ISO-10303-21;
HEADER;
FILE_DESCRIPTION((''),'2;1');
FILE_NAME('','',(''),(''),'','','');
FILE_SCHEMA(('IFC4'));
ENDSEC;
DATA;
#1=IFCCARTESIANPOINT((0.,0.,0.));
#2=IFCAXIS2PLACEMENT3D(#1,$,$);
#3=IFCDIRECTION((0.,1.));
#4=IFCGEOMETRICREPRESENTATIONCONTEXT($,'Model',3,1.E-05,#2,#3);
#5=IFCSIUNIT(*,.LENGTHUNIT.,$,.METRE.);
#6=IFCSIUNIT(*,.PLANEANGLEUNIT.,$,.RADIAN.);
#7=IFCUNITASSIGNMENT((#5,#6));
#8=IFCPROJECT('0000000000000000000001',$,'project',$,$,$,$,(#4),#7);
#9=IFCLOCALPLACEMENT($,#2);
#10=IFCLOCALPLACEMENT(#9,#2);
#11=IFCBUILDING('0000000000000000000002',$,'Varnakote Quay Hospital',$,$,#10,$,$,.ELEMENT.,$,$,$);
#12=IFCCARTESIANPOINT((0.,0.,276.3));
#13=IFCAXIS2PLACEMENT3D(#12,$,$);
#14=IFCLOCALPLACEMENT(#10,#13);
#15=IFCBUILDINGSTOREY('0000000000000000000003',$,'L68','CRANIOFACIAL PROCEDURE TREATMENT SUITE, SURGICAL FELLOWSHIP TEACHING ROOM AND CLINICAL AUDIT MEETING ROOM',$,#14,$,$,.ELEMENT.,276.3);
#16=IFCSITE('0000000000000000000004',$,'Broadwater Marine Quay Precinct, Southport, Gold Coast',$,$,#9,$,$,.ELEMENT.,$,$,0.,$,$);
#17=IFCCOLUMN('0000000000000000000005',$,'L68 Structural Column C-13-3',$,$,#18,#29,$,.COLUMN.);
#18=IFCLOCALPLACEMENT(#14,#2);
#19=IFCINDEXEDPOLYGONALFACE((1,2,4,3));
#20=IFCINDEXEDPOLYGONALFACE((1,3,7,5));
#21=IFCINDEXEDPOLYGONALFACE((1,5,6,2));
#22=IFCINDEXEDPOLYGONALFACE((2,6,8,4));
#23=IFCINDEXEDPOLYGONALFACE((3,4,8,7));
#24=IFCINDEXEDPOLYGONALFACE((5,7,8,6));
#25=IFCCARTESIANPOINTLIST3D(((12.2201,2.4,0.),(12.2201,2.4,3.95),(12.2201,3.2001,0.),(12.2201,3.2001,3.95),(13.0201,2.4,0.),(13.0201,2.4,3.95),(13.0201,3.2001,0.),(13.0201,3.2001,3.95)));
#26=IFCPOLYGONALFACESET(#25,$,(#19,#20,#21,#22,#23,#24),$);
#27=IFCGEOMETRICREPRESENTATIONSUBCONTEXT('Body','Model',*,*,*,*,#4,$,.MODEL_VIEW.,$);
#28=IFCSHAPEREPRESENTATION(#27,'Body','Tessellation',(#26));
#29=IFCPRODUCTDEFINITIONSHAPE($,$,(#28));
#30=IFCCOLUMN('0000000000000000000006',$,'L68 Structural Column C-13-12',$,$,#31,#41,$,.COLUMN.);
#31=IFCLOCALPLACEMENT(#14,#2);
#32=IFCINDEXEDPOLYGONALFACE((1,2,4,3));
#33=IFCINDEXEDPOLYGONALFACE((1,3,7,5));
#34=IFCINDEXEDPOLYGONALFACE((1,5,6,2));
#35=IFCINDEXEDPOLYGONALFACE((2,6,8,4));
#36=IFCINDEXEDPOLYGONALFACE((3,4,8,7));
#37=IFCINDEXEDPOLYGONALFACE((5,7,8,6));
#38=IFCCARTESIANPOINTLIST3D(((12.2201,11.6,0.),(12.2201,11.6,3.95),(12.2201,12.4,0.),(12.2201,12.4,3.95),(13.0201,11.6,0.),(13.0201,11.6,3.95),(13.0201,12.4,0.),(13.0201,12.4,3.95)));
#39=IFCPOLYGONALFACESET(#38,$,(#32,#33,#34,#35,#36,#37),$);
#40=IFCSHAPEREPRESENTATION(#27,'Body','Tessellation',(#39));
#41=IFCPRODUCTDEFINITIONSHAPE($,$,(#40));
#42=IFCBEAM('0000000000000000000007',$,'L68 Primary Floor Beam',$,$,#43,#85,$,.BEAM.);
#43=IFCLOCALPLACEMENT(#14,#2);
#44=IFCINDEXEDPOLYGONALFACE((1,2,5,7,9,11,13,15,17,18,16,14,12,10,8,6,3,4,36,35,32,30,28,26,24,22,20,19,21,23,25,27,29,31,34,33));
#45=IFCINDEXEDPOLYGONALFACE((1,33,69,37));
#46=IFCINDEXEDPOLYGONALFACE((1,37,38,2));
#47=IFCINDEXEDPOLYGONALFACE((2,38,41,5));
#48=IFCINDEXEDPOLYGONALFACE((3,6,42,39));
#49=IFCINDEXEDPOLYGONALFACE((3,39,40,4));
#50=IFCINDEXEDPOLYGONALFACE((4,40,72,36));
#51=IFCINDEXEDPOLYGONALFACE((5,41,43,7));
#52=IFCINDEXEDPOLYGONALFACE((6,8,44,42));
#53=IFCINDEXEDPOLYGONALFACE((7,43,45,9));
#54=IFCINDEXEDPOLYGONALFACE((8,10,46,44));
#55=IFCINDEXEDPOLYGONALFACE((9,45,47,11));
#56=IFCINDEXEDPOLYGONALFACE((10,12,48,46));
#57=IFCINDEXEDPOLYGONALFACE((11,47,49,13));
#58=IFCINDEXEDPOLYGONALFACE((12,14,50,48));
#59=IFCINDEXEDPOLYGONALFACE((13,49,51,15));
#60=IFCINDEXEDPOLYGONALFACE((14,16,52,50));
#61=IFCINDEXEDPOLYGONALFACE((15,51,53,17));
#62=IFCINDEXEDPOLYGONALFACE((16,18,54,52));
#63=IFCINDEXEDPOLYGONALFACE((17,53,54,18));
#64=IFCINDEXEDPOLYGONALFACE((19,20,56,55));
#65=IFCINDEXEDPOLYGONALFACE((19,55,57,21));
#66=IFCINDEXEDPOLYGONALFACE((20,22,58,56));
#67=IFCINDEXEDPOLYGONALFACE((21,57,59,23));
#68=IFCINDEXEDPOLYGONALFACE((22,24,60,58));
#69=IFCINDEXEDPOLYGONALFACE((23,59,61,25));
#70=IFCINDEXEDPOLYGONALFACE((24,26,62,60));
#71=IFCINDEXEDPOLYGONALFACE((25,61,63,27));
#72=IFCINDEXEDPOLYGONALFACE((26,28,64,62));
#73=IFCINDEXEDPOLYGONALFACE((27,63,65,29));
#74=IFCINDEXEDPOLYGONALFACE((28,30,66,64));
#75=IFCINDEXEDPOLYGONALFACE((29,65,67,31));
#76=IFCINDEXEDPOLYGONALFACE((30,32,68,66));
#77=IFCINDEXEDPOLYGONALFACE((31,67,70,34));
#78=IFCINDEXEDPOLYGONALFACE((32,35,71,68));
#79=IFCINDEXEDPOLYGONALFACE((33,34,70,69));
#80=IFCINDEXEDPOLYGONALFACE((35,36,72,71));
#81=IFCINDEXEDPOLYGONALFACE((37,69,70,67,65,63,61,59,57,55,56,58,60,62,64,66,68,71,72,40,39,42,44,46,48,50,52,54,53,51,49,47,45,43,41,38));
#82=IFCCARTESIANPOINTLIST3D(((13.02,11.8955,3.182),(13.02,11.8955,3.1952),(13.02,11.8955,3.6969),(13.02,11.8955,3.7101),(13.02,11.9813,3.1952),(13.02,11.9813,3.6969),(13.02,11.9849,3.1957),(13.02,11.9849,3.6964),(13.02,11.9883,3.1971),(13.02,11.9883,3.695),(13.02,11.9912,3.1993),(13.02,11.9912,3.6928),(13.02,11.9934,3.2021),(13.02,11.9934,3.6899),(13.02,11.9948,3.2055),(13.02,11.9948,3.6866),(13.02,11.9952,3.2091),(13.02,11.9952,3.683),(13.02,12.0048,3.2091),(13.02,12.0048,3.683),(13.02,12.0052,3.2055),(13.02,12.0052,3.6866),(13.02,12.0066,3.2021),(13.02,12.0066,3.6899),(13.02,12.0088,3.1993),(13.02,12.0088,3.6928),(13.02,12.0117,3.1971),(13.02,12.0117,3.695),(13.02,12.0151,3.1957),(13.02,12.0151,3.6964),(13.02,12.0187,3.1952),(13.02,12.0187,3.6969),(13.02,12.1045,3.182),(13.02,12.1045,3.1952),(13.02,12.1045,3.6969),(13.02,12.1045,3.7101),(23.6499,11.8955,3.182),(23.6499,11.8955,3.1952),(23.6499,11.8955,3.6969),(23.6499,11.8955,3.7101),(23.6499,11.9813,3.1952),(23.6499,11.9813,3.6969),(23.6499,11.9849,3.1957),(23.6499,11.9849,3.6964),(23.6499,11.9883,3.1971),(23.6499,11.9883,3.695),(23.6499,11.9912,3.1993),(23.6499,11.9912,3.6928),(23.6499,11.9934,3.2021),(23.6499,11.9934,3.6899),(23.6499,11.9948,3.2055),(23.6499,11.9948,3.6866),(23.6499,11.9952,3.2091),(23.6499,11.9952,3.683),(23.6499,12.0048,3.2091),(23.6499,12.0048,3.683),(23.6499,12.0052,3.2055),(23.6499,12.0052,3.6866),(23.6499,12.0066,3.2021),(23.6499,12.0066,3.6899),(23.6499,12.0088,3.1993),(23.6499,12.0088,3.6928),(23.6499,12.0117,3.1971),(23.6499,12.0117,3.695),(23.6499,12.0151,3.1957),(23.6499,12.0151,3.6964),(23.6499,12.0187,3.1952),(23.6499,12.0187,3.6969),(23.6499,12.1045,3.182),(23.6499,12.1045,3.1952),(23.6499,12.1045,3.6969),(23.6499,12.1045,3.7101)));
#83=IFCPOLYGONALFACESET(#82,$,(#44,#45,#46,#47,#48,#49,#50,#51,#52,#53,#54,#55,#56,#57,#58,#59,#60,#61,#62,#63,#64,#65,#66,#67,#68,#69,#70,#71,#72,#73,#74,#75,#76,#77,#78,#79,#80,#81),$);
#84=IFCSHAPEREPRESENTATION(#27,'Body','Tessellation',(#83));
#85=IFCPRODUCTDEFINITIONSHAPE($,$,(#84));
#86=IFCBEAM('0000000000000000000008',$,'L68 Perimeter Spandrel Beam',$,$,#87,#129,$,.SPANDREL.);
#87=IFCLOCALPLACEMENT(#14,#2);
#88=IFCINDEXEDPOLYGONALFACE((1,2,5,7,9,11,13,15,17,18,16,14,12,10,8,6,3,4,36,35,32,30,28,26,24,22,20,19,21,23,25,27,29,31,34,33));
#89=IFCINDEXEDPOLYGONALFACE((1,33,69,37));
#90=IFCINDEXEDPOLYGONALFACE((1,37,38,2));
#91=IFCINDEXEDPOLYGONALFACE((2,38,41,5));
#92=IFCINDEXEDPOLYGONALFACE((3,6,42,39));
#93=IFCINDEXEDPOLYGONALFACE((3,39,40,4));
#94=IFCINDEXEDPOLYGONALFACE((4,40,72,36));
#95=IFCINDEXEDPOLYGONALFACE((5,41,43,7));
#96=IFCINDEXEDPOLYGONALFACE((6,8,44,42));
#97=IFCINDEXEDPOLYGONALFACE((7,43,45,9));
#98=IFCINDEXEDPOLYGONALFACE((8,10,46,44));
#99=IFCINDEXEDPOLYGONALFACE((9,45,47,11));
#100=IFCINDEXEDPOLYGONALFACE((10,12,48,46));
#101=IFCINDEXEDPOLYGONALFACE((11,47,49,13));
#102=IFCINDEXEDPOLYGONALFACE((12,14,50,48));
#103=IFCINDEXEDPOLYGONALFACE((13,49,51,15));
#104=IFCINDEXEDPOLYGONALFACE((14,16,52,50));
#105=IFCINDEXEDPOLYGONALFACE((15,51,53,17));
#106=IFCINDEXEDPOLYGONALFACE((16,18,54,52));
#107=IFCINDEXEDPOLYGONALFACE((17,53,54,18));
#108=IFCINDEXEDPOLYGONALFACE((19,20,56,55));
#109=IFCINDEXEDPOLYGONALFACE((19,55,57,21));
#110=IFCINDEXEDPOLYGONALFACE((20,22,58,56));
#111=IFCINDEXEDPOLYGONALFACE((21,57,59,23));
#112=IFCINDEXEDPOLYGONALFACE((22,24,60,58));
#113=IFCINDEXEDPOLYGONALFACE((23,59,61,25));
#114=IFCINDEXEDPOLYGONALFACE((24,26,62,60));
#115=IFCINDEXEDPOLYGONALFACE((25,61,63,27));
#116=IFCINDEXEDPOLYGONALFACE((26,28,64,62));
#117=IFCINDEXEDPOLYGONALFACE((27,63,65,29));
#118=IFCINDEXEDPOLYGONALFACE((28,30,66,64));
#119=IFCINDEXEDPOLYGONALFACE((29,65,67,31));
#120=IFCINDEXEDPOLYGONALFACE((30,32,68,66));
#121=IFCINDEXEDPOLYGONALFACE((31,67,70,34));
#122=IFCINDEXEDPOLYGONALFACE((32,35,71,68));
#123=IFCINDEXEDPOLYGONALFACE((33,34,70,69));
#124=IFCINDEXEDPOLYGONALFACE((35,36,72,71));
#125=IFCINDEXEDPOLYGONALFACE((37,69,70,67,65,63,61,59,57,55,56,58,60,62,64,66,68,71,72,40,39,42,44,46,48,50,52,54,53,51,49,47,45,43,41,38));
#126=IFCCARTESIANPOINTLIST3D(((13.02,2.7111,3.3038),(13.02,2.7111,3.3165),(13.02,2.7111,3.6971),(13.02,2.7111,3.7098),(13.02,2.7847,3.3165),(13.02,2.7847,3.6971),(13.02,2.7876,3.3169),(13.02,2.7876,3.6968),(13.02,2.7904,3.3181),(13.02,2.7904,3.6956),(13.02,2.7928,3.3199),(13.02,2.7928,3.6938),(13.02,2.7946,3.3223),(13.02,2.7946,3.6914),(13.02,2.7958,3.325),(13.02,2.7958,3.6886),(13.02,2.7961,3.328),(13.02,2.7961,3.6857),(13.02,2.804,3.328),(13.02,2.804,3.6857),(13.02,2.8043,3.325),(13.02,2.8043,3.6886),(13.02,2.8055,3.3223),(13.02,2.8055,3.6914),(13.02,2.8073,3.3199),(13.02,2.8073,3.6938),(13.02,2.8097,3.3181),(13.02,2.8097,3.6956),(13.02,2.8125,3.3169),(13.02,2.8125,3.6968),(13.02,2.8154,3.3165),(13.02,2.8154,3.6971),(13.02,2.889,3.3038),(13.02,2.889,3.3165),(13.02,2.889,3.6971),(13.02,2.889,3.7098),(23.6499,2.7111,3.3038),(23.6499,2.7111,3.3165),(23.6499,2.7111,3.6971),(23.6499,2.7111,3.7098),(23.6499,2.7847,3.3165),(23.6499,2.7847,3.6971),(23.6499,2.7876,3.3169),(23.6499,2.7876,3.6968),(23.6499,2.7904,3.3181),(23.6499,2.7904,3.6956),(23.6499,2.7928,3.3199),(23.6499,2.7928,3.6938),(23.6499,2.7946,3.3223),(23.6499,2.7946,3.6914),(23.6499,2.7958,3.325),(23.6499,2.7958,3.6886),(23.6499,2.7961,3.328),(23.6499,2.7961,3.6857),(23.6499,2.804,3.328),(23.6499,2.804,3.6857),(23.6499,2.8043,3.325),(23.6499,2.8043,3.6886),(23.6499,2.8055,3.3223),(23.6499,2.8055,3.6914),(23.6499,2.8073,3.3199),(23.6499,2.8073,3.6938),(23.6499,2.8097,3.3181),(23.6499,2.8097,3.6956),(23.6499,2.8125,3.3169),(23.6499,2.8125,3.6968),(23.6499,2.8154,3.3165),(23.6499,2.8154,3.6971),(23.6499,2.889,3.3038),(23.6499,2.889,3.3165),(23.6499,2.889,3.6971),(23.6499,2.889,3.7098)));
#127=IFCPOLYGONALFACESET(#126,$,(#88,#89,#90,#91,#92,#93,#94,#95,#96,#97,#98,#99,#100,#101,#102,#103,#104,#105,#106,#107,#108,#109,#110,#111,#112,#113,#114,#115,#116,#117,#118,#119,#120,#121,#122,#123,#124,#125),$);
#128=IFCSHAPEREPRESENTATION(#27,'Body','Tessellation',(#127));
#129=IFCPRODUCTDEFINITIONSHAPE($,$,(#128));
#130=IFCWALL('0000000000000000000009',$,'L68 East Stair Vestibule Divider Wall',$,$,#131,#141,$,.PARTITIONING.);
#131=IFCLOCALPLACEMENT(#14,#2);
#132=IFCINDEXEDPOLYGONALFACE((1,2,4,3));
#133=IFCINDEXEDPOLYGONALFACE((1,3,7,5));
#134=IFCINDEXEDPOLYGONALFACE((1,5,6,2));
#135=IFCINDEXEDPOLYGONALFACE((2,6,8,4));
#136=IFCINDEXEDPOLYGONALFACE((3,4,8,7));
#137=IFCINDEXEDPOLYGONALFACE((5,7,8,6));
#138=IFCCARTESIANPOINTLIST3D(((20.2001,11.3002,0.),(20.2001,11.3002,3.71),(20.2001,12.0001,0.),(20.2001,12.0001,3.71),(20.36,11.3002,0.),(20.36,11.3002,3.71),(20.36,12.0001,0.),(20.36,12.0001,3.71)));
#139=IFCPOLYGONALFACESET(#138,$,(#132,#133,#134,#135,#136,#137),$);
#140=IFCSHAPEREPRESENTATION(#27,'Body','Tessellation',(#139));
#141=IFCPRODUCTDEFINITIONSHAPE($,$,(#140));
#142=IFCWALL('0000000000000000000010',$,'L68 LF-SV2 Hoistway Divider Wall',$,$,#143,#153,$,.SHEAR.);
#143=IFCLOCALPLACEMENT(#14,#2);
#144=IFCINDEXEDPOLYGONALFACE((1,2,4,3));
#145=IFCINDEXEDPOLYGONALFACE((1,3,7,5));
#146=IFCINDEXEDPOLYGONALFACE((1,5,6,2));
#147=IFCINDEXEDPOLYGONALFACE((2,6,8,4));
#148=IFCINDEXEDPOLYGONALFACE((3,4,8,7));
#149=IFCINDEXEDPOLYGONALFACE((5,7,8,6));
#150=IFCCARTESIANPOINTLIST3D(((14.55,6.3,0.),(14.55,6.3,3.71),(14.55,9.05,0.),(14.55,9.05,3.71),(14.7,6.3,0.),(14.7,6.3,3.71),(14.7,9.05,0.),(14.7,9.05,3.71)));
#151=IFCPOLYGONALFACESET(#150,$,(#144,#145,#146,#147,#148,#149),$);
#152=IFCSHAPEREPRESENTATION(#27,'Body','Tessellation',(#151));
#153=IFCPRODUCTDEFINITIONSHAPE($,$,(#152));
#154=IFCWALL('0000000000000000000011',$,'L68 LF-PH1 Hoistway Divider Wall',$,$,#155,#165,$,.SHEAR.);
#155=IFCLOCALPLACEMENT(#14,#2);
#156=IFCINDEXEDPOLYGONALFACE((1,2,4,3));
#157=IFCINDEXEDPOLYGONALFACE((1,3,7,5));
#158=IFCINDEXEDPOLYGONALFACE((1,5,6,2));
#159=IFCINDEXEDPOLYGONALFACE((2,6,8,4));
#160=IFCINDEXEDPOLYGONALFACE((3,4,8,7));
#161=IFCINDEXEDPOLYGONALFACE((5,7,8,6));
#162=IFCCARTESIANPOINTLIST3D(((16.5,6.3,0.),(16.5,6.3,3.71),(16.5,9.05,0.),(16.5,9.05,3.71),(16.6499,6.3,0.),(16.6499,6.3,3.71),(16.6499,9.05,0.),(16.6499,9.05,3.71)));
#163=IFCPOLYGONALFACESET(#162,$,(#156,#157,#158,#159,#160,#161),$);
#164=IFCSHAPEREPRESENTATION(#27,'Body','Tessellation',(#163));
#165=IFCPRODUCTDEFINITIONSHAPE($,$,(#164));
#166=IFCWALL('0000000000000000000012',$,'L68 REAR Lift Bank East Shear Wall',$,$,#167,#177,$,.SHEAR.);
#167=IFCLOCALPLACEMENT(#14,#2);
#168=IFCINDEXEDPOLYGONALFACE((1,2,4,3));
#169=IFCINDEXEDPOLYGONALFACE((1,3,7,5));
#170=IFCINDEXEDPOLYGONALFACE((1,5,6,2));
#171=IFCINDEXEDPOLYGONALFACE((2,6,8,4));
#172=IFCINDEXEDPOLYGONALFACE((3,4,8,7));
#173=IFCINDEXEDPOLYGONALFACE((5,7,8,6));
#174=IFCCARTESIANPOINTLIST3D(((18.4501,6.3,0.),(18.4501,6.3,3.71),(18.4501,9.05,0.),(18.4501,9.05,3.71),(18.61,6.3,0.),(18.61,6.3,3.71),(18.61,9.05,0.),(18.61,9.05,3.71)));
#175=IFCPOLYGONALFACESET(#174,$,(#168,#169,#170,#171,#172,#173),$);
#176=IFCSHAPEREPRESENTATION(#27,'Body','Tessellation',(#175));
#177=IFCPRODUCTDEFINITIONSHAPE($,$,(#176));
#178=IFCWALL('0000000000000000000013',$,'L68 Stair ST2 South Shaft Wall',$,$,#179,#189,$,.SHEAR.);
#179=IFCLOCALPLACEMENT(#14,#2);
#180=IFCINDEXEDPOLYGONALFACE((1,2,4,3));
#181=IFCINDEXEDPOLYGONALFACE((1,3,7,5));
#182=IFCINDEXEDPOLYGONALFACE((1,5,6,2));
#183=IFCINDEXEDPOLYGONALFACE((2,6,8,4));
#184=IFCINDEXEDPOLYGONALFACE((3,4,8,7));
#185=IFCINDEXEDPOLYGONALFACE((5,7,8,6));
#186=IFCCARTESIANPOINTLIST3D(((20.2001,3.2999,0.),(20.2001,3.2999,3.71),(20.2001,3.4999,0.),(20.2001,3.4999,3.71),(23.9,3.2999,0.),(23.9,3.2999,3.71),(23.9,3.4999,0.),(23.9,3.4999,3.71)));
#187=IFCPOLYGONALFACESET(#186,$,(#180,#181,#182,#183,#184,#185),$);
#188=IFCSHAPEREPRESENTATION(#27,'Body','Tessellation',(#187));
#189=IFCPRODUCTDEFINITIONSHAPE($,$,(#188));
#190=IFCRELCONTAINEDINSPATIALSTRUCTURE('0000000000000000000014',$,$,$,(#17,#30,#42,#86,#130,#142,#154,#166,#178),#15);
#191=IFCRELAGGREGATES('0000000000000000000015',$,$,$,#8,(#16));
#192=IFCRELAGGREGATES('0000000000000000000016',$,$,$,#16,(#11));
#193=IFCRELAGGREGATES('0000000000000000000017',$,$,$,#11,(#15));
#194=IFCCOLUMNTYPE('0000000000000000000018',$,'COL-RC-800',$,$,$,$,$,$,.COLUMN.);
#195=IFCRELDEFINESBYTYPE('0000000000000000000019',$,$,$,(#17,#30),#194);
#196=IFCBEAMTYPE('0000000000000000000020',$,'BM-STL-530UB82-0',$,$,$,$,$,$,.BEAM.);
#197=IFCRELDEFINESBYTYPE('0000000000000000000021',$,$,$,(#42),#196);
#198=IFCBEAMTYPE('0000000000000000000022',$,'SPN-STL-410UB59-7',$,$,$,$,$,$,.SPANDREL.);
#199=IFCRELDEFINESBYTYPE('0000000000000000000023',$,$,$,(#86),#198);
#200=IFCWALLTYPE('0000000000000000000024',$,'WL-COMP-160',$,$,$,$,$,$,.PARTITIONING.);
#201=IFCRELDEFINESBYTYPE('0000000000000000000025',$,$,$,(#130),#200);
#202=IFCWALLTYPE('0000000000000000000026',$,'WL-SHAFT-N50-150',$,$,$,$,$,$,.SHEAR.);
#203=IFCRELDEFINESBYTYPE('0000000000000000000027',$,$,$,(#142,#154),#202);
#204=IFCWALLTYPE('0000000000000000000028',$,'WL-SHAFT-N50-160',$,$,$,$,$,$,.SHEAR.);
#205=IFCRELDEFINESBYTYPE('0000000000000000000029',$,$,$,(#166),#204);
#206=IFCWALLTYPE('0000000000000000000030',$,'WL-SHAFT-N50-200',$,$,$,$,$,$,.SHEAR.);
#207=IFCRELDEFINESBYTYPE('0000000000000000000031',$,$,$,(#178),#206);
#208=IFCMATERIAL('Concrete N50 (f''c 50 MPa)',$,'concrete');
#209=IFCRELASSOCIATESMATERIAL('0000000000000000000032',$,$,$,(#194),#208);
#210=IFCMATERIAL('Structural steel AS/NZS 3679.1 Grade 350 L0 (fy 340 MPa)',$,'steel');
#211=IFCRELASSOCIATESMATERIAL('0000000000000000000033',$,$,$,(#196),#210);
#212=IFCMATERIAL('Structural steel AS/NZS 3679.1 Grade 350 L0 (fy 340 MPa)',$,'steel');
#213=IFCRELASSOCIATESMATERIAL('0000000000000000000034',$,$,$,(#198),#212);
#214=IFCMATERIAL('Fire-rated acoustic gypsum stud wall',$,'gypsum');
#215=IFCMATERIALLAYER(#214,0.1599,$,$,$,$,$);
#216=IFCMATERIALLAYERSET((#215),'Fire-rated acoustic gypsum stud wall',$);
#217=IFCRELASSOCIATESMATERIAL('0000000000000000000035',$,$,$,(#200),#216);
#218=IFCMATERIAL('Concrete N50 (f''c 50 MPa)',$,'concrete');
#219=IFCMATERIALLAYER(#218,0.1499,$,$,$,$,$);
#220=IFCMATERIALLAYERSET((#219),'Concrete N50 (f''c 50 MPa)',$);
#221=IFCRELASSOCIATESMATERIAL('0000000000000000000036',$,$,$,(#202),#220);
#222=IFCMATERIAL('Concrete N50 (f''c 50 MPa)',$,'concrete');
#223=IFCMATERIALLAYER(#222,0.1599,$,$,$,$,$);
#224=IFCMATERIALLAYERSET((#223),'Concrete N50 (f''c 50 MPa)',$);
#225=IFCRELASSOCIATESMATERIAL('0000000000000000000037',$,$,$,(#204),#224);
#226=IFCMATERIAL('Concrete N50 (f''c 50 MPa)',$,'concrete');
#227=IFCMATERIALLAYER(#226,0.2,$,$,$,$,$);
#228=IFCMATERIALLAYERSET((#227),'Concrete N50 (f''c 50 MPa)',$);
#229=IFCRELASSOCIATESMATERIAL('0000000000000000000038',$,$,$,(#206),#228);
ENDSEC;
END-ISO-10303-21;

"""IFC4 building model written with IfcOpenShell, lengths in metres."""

from ifc_helpers import new_model, si_unit, direction, frame, frame_2d, origin, origin_2d, place, context, subcontext, project, spatial, rectangle, i_section, extrude, material, layer, layer_set, material_profile, profile_set, type_object, element, save


model = new_model("IFC4")

# Units and contexts
model_context = context("Model", 3, precision=1e-05, world=origin(), true_north=direction((0.0, 1.0)))
body_context = subcontext(model_context, "Body", "Model", "MODEL_VIEW")
ifc_project = project(units=[si_unit("LENGTHUNIT", "METRE"), si_unit("PLANEANGLEUNIT", "RADIAN")], contexts=[model_context])

# Site, building, storey
site_placement = place(None, origin())
site = spatial("IfcSite", under=ifc_project, at=site_placement, Name="Broadwater Marine Quay Precinct, Southport, Gold Coast", CompositionType="ELEMENT", RefElevation=0.0)
building_placement = place(site_placement, origin())
building = spatial("IfcBuilding", under=site, at=building_placement, Name="Varnakote Quay Hospital", CompositionType="ELEMENT")
storey_placement = place(building_placement, frame((0.0, 0.0, 276.3)))
storey = spatial("IfcBuildingStorey", under=building, at=storey_placement, Name="L68", Description="CRANIOFACIAL PROCEDURE TREATMENT SUITE, SURGICAL FELLOWSHIP TEACHING ROOM AND CLINICAL AUDIT MEETING ROOM", CompositionType="ELEMENT", Elevation=276.3)

# Columns
ifc_material_1 = material(Name="Concrete N50 (f'c 50 MPa)", Category="concrete")
ifc_material_profile_1 = material_profile(ifc_material_1, rectangle(XDim=0.8, YDim=0.8, at=origin_2d()), Name="RC-COL-800x800")
ifc_profile_set_1 = profile_set([ifc_material_profile_1], Name="Concrete N50 (f'c 50 MPa)")
column_type = type_object("IfcColumnType", Name="COL-RC-800", PredefinedType="COLUMN", material=ifc_profile_set_1)
for number, where, z_axis, x_axis, name in (
    (1, (12.6201, 2.8, 0.0), (0.0, 0.0, 1.0), (1.0, 0.0, 0.0), "L68 Structural Column C-13-3"),
    (2, (12.6201, 12.0, 0.0), (0.0, 0.0, 1.0), (1.0, 0.0, 0.0), "L68 Structural Column C-13-12"),
):
    element("IfcColumn", number, at=place(storey_placement, frame(where, z_axis=z_axis, x_axis=x_axis)), inside=storey, type_object=column_type, Name=name, PredefinedType="COLUMN", context=body_context, shape_type="SweptSolid", body=[
        extrude(rectangle(XDim=0.8, YDim=0.8, at=origin_2d()), origin(), (0.0, 0.0, 1.0), 3.95),
    ])

# Beams
ifc_material_2 = material(Name="Structural steel AS/NZS 3679.1 Grade 350 L0 (fy 340 MPa)", Category="steel")
ifc_material_profile_2 = material_profile(ifc_material_2, i_section(OverallWidth=0.209, OverallDepth=0.5281, WebThickness=0.0095, FlangeThickness=0.0132, FilletRadius=0.0139, at=origin_2d()), Name="530UB82.0")
ifc_profile_set_2 = profile_set([ifc_material_profile_2], Name="Structural steel AS/NZS 3679.1 Grade 350 L0 (fy 340 MPa)")
beam_type_1 = type_object("IfcBeamType", Name="BM-STL-530UB82-0", PredefinedType="BEAM", material=ifc_profile_set_2)
beam_1_placement = place(storey_placement, frame((13.02, 12.0, 3.446), z_axis=(1.0, 0.0, 0.0), x_axis=(0.0, 1.0, 0.0)))
element("IfcBeam", 3, at=beam_1_placement, inside=storey, type_object=beam_type_1, Name="L68 Primary Floor Beam", PredefinedType="BEAM", context=body_context, shape_type="SweptSolid", body=[
    extrude(i_section(OverallWidth=0.209, OverallDepth=0.5281, WebThickness=0.0095, FlangeThickness=0.0132, FilletRadius=0.0139, at=origin_2d()), origin(), (0.0, 0.0, 1.0), 10.6299),
])
ifc_material_3 = material(Name="Structural steel AS/NZS 3679.1 Grade 350 L0 (fy 340 MPa)", Category="steel")
ifc_material_profile_3 = material_profile(ifc_material_3, i_section(OverallWidth=0.178, OverallDepth=0.406, WebThickness=0.0078, FlangeThickness=0.0127, FilletRadius=0.0115, at=origin_2d()), Name="410UB59.7")
ifc_profile_set_3 = profile_set([ifc_material_profile_3], Name="Structural steel AS/NZS 3679.1 Grade 350 L0 (fy 340 MPa)")
beam_type_2 = type_object("IfcBeamType", Name="SPN-STL-410UB59-7", PredefinedType="SPANDREL", material=ifc_profile_set_3)
beam_2_placement = place(storey_placement, frame((13.02, 2.8, 3.5068), z_axis=(1.0, 0.0, 0.0), x_axis=(0.0, 1.0, 0.0)))
element("IfcBeam", 4, at=beam_2_placement, inside=storey, type_object=beam_type_2, Name="L68 Perimeter Spandrel Beam", PredefinedType="SPANDREL", context=body_context, shape_type="SweptSolid", body=[
    extrude(i_section(OverallWidth=0.178, OverallDepth=0.406, WebThickness=0.0078, FlangeThickness=0.0127, FilletRadius=0.0115, at=origin_2d()), origin(), (0.0, 0.0, 1.0), 10.6299),
])

# Walls
ifc_material_4 = material(Name="Fire-rated acoustic gypsum stud wall", Category="gypsum")
ifc_layer_1 = layer(ifc_material_4, 0.1599)
ifc_layer_set_1 = layer_set([ifc_layer_1], Name="Fire-rated acoustic gypsum stud wall")
wall_type_1 = type_object("IfcWallType", Name="WL-COMP-160", PredefinedType="PARTITIONING", material=ifc_layer_set_1)
wall_1_placement = place(storey_placement, frame((20.28, 11.3, 0.0), z_axis=(0.0, 0.0, 1.0), x_axis=(0.0, 1.0, 0.0)))
element("IfcWall", 5, at=wall_1_placement, inside=storey, type_object=wall_type_1, Name="L68 East Stair Vestibule Divider Wall", PredefinedType="PARTITIONING", context=body_context, shape_type="SweptSolid", body=[
    extrude(rectangle(XDim=0.7, YDim=0.1599, at=frame_2d((0.3501, 0.0))), origin(), (0.0, 0.0, 1.0), 3.71),
])
ifc_material_5 = material(Name="Concrete N50 (f'c 50 MPa)", Category="concrete")
ifc_layer_2 = layer(ifc_material_5, 0.1499)
ifc_layer_set_2 = layer_set([ifc_layer_2], Name="Concrete N50 (f'c 50 MPa)")
wall_type_2 = type_object("IfcWallType", Name="WL-SHAFT-N50-150", PredefinedType="SHEAR", material=ifc_layer_set_2)
for number, where, z_axis, x_axis, name in (
    (6, (14.625, 6.3, 0.0), (0.0, 0.0, 1.0), (0.0, 1.0, 0.0), "L68 LF-SV2 Hoistway Divider Wall"),
    (7, (16.575, 6.3, 0.0), (0.0, 0.0, 1.0), (0.0, 1.0, 0.0), "L68 LF-PH1 Hoistway Divider Wall"),
):
    element("IfcWall", number, at=place(storey_placement, frame(where, z_axis=z_axis, x_axis=x_axis)), inside=storey, type_object=wall_type_2, Name=name, PredefinedType="SHEAR", context=body_context, shape_type="SweptSolid", body=[
        extrude(rectangle(XDim=2.75, YDim=0.1499, at=frame_2d((1.375, 0.0))), origin(), (0.0, 0.0, 1.0), 3.71),
    ])
ifc_material_6 = material(Name="Concrete N50 (f'c 50 MPa)", Category="concrete")
ifc_layer_3 = layer(ifc_material_6, 0.1599)
ifc_layer_set_3 = layer_set([ifc_layer_3], Name="Concrete N50 (f'c 50 MPa)")
wall_type_3 = type_object("IfcWallType", Name="WL-SHAFT-N50-160", PredefinedType="SHEAR", material=ifc_layer_set_3)
wall_2_placement = place(storey_placement, frame((18.53, 6.3, 0.0), z_axis=(0.0, 0.0, 1.0), x_axis=(0.0, 1.0, 0.0)))
element("IfcWall", 8, at=wall_2_placement, inside=storey, type_object=wall_type_3, Name="L68 REAR Lift Bank East Shear Wall", PredefinedType="SHEAR", context=body_context, shape_type="SweptSolid", body=[
    extrude(rectangle(XDim=2.75, YDim=0.1599, at=frame_2d((1.375, 0.0))), origin(), (0.0, 0.0, 1.0), 3.71),
])

# Wall
ifc_material_7 = material(Name="Concrete N50 (f'c 50 MPa)", Category="concrete")
ifc_layer_4 = layer(ifc_material_7, 0.2)
ifc_layer_set_4 = layer_set([ifc_layer_4], Name="Concrete N50 (f'c 50 MPa)")
wall_type_4 = type_object("IfcWallType", Name="WL-SHAFT-N50-200", PredefinedType="SHEAR", material=ifc_layer_set_4)
wall_3_placement = place(storey_placement, frame((20.2, 3.3999, 0.0), z_axis=(0.0, 0.0, 1.0), x_axis=(1.0, 0.0, 0.0)))
element("IfcWall", 9, at=wall_3_placement, inside=storey, type_object=wall_type_4, Name="L68 Stair ST2 South Shaft Wall", PredefinedType="SHEAR", context=body_context, shape_type="SweptSolid", body=[
    extrude(rectangle(XDim=3.7, YDim=0.2, at=frame_2d((1.8501, 0.0))), origin(), (0.0, 0.0, 1.0), 3.71),
])

save(model, "model.ifc")
